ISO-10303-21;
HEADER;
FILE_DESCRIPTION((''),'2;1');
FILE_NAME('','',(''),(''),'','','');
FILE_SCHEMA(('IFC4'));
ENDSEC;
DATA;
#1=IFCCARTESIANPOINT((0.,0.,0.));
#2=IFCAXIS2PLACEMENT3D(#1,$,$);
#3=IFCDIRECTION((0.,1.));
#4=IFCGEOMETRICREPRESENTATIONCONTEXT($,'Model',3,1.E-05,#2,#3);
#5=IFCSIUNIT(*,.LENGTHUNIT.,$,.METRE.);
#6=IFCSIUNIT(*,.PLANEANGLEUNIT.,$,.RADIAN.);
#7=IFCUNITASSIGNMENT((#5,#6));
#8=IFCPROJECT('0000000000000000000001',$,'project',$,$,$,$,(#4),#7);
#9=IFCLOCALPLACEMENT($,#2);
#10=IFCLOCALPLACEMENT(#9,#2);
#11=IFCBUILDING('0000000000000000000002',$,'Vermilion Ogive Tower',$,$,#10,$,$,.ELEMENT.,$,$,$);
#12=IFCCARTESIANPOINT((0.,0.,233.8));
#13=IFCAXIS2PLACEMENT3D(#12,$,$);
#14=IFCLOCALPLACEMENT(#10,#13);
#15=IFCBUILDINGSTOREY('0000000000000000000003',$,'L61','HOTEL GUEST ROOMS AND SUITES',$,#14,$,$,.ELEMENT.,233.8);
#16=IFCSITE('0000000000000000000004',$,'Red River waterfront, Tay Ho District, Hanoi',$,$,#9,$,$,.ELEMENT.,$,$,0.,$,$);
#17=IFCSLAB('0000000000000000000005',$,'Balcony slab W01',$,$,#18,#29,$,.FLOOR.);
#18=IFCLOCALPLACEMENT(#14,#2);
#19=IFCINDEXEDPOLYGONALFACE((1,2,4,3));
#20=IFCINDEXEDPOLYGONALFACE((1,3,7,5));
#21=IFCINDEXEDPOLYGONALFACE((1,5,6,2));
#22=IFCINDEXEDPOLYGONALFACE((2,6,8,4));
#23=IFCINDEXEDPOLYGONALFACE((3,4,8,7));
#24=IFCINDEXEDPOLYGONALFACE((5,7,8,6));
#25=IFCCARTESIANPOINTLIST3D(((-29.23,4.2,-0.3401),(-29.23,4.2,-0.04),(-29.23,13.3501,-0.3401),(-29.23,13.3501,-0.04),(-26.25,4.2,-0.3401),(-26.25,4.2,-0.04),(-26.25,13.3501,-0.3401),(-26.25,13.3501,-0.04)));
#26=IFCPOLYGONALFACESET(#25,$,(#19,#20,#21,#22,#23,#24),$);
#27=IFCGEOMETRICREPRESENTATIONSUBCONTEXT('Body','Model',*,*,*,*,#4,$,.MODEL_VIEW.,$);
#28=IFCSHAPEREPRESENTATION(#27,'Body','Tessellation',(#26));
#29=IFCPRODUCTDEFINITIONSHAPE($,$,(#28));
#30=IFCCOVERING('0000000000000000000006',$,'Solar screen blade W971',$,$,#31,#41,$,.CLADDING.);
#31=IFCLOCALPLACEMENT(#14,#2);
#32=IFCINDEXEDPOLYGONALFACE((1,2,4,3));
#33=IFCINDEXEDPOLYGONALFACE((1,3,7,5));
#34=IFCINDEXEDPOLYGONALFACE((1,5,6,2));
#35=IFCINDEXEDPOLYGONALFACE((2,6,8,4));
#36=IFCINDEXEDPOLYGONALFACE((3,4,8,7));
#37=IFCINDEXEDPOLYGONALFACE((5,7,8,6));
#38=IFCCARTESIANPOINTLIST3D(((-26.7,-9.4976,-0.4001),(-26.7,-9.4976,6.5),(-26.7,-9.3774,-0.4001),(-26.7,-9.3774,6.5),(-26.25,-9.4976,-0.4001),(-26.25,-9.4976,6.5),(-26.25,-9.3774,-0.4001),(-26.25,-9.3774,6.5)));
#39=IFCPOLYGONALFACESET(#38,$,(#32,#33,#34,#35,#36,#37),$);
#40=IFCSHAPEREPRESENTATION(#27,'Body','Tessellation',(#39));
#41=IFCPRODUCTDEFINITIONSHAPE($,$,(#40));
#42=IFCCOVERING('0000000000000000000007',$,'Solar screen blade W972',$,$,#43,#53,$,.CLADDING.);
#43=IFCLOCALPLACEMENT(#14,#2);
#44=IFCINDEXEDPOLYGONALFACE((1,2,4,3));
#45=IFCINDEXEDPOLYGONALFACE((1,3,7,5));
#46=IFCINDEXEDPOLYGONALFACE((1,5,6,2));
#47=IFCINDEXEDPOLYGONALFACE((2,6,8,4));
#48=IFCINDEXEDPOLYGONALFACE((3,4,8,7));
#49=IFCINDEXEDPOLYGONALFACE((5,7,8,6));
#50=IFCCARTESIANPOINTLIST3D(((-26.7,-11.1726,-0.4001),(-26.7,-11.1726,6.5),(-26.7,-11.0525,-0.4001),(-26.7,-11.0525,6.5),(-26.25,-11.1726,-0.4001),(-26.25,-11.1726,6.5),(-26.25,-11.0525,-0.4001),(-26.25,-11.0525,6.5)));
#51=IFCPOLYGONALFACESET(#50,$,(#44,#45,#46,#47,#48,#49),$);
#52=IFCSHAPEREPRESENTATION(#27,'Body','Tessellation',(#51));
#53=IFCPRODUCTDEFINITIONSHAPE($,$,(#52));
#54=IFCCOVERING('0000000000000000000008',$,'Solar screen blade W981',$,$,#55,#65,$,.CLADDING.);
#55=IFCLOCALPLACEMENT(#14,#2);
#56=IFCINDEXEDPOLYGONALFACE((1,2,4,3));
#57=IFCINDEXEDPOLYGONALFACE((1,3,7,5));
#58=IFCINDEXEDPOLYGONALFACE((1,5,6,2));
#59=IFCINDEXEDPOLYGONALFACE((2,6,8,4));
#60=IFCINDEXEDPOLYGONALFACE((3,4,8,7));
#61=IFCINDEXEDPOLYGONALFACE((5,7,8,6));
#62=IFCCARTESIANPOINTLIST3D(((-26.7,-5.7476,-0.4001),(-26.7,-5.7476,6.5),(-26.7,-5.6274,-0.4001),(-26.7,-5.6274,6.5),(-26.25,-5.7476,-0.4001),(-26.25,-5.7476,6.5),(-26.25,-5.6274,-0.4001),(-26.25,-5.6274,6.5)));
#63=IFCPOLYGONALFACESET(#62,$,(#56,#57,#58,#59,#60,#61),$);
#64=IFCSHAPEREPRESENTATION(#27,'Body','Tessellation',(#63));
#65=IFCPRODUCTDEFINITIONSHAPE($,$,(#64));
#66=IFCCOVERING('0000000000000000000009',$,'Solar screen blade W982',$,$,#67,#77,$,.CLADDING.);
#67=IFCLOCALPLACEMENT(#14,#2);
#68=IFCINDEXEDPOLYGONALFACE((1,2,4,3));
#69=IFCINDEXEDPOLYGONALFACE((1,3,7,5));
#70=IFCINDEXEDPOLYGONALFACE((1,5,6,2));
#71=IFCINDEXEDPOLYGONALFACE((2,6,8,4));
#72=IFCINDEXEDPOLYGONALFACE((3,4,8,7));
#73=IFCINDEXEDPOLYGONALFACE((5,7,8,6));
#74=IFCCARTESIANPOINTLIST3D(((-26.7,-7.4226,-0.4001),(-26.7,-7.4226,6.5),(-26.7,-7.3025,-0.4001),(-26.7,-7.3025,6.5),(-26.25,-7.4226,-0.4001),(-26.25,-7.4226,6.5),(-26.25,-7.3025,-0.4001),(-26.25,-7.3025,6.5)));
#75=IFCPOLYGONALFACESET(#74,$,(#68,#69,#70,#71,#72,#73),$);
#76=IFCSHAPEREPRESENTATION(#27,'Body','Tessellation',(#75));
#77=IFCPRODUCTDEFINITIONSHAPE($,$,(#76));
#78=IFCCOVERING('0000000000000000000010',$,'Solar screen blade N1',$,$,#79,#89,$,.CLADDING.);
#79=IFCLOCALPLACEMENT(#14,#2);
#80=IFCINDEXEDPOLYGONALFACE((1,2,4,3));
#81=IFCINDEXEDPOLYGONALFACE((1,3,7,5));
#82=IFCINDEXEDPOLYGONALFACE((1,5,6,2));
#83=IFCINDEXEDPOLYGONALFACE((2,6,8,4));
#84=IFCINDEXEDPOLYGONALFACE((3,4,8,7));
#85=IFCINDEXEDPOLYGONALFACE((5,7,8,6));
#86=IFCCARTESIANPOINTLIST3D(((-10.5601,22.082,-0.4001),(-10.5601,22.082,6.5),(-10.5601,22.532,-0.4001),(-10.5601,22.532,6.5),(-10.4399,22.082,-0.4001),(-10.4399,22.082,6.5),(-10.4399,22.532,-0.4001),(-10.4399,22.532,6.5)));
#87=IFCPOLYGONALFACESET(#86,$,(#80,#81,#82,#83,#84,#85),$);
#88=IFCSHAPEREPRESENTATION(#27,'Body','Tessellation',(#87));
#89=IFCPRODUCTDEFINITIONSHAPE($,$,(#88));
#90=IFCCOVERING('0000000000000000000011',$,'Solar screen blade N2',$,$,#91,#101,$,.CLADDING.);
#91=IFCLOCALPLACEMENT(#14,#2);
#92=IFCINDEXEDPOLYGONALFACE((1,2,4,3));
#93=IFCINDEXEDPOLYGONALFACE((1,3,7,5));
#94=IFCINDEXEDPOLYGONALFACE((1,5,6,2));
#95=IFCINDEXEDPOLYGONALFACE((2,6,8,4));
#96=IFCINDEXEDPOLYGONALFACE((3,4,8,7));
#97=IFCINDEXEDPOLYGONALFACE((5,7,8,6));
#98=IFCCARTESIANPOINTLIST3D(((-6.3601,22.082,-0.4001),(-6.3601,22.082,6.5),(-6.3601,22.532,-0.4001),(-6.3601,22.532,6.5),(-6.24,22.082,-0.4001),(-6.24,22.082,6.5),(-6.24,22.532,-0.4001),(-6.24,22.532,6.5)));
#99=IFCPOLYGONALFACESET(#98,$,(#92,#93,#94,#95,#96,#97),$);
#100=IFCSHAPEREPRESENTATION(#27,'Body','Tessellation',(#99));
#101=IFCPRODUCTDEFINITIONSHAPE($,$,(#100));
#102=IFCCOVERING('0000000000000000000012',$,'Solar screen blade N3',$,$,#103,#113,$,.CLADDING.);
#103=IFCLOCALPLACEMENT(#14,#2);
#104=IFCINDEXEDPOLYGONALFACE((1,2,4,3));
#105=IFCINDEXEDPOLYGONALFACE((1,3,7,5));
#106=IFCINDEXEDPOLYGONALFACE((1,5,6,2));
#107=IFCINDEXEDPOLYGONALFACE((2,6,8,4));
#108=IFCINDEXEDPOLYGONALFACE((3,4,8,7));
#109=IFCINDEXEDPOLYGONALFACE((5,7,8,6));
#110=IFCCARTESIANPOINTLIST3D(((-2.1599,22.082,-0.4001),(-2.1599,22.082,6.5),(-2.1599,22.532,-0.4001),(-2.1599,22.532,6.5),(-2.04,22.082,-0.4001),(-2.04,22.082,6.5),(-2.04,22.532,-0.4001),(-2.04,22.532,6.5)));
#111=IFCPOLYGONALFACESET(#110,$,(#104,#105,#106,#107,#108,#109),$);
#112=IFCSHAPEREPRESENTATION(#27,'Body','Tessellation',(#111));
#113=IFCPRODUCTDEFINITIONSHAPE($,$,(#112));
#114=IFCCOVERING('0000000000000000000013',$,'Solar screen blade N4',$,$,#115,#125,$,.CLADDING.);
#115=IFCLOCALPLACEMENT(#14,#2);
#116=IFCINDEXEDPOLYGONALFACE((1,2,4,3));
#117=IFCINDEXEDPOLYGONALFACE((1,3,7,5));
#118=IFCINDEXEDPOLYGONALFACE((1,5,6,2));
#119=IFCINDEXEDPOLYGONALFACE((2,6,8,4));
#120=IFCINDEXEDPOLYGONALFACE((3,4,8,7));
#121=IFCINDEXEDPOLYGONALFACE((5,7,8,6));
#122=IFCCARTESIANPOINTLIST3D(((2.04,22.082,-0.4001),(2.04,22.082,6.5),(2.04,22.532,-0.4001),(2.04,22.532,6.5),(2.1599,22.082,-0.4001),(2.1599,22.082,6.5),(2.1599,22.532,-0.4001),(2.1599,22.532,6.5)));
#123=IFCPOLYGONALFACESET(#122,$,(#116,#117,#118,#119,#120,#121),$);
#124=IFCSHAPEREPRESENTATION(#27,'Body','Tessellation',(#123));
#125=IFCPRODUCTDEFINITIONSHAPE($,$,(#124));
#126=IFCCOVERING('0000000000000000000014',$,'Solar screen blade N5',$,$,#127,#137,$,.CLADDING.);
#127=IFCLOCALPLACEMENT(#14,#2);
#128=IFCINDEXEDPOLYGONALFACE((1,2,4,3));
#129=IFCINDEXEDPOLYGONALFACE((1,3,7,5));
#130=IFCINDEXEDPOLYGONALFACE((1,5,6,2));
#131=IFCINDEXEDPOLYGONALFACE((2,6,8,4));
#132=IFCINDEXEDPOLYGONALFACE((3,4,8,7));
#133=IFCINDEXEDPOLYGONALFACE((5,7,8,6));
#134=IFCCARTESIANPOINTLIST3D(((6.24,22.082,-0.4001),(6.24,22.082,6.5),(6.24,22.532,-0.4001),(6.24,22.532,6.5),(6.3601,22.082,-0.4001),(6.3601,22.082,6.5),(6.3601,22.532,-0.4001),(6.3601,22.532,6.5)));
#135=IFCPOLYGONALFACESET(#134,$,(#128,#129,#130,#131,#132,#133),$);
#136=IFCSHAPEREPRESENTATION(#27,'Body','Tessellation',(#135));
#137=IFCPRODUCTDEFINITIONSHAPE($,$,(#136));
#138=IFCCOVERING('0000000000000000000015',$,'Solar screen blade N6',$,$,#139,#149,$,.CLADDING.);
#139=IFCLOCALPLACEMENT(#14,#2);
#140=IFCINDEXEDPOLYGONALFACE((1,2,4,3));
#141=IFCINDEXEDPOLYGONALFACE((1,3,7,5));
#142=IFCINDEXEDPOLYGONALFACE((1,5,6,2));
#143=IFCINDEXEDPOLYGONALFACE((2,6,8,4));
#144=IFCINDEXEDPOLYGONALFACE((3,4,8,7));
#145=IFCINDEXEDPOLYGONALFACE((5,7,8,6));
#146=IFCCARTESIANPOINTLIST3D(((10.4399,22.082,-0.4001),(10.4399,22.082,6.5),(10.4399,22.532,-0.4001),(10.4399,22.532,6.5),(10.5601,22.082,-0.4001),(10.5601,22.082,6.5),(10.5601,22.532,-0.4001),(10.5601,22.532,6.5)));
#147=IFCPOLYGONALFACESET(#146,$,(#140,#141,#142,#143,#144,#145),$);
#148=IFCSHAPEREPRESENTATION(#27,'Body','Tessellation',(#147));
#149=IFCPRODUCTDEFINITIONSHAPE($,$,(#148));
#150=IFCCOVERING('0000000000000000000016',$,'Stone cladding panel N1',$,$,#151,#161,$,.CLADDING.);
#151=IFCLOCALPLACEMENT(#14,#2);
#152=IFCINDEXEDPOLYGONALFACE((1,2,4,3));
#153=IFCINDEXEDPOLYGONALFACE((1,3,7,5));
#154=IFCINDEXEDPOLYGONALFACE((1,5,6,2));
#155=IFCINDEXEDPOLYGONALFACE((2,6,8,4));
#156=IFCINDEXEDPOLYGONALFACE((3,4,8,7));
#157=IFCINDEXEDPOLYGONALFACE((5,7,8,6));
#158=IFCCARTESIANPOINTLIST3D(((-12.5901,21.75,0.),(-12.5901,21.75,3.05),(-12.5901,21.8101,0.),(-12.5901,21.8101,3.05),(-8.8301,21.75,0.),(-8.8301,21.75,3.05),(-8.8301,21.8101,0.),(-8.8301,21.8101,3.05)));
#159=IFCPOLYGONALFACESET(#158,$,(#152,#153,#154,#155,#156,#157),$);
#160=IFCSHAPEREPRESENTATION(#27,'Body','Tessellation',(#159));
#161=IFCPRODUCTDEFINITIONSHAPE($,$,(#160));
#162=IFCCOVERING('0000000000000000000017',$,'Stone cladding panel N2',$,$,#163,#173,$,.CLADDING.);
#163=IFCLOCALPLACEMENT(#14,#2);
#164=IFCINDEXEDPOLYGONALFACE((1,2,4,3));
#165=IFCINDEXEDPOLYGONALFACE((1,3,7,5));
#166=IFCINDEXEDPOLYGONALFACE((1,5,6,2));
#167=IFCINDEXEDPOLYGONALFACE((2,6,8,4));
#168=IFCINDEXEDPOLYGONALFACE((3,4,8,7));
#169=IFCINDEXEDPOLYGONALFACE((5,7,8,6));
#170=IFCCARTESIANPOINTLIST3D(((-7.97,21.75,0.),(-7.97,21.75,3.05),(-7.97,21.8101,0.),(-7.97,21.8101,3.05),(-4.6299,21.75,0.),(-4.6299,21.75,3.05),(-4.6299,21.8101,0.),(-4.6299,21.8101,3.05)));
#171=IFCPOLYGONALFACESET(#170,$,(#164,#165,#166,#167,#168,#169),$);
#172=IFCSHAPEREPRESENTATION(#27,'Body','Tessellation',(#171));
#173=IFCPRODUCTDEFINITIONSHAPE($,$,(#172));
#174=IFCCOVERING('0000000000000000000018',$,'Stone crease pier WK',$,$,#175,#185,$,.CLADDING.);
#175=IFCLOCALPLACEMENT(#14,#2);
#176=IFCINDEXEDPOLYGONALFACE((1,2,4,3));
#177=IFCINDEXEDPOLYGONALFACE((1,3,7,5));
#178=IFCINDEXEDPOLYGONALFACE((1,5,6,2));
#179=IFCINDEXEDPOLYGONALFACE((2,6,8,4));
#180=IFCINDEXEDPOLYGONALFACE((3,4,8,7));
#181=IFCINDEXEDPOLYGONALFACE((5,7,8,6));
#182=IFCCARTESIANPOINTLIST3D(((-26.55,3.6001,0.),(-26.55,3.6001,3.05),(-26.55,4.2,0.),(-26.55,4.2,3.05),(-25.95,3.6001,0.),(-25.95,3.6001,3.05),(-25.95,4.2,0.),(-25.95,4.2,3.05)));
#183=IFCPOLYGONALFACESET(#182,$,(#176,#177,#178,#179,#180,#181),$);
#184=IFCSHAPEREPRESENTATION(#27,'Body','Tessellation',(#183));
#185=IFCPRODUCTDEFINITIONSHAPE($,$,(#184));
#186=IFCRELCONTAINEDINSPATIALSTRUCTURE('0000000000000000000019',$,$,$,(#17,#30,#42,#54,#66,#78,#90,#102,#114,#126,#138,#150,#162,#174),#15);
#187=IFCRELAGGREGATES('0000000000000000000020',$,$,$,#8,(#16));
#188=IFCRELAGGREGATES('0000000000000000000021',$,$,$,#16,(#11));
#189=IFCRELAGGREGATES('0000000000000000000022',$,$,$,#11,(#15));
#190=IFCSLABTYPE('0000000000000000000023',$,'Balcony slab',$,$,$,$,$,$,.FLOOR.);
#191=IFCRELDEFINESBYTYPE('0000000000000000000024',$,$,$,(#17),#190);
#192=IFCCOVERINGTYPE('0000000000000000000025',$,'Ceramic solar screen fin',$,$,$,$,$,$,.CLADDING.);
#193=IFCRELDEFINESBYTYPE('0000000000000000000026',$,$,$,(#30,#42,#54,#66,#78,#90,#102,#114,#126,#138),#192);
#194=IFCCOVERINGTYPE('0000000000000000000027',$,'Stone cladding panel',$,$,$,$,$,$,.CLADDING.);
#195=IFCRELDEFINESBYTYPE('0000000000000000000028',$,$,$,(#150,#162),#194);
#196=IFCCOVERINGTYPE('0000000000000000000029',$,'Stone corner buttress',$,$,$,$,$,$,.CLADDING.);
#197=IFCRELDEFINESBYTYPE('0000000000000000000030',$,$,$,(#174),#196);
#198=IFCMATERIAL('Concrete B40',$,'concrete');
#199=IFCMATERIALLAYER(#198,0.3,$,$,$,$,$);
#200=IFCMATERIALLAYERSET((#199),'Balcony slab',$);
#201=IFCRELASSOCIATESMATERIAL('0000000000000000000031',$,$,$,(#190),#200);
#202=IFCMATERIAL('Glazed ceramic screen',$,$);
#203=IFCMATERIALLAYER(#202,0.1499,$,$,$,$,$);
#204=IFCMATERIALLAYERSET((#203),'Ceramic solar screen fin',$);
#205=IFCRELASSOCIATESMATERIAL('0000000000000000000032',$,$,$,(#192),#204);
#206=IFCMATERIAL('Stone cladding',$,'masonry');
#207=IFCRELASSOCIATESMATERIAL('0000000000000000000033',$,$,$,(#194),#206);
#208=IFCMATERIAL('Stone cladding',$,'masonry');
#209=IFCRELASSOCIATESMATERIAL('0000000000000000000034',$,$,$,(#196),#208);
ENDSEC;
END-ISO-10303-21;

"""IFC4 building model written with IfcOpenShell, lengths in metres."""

from ifc_helpers import new_model, si_unit, direction, frame, origin, place, context, subcontext, project, spatial, polyline, outline, extrude, material, layer, layer_set, type_object, element, save


model = new_model("IFC4")

# Units and contexts
model_context = context("Model", 3, precision=1e-05, world=origin(), true_north=direction((0.0, 1.0)))
body_context = subcontext(model_context, "Body", "Model", "MODEL_VIEW")
ifc_project = project(units=[si_unit("LENGTHUNIT", "METRE"), si_unit("PLANEANGLEUNIT", "RADIAN")], contexts=[model_context])

# Site, building, storey
site_placement = place(None, origin())
site = spatial("IfcSite", under=ifc_project, at=site_placement, Name="Red River waterfront, Tay Ho District, Hanoi", CompositionType="ELEMENT", RefElevation=0.0)
building_placement = place(site_placement, origin())
building = spatial("IfcBuilding", under=site, at=building_placement, Name="Vermilion Ogive Tower", CompositionType="ELEMENT")
storey_placement = place(building_placement, frame((0.0, 0.0, 233.8)))
storey = spatial("IfcBuildingStorey", under=building, at=storey_placement, Name="L61", Description="HOTEL GUEST ROOMS AND SUITES", CompositionType="ELEMENT", Elevation=233.8)

# Slab
ifc_material_1 = material(Name="Concrete B40", Category="concrete")
ifc_layer_1 = layer(ifc_material_1, 0.3)
ifc_layer_set_1 = layer_set([ifc_layer_1], Name="Balcony slab")
slab_type = type_object("IfcSlabType", Name="Balcony slab", PredefinedType="FLOOR", material=ifc_layer_set_1)
slab_placement = place(storey_placement, frame((0.0, 0.0, -0.3401)))
element("IfcSlab", 1, at=slab_placement, inside=storey, type_object=slab_type, Name="Balcony slab W01", PredefinedType="FLOOR", context=body_context, shape_type="SweptSolid", body=[
    extrude(outline(polyline([(-29.23, 13.3501), (-29.23, 4.2), (-26.25, 4.2), (-26.25, 13.3501), (-29.23, 13.3501)])), origin(), (0.0, 0.0, 1.0), 0.3),
])

# Coverings
ifc_material_2 = material(Name="Glazed ceramic screen")
ifc_layer_2 = layer(ifc_material_2, 0.1499)
ifc_layer_set_2 = layer_set([ifc_layer_2], Name="Ceramic solar screen fin")
covering_type_1 = type_object("IfcCoveringType", Name="Ceramic solar screen fin", PredefinedType="CLADDING", material=ifc_layer_set_2)
covering_1_placement = place(storey_placement, frame((0.0, 0.0, -0.4001)))
element("IfcCovering", 2, at=covering_1_placement, inside=storey, type_object=covering_type_1, Name="Solar screen blade W971", PredefinedType="CLADDING", context=body_context, shape_type="SweptSolid", body=[
    extrude(outline(polyline([(-26.7, -9.3774), (-26.7, -9.4976), (-26.25, -9.4976), (-26.25, -9.3774), (-26.7, -9.3774)])), origin(), (0.0, 0.0, 1.0), 6.9001),
])
covering_2_placement = place(storey_placement, frame((0.0, 0.0, -0.4001)))
element("IfcCovering", 3, at=covering_2_placement, inside=storey, type_object=covering_type_1, Name="Solar screen blade W972", PredefinedType="CLADDING", context=body_context, shape_type="SweptSolid", body=[
    extrude(outline(polyline([(-26.7, -11.0525), (-26.7, -11.1726), (-26.25, -11.1726), (-26.25, -11.0525), (-26.7, -11.0525)])), origin(), (0.0, 0.0, 1.0), 6.9001),
])
covering_3_placement = place(storey_placement, frame((0.0, 0.0, -0.4001)))
element("IfcCovering", 4, at=covering_3_placement, inside=storey, type_object=covering_type_1, Name="Solar screen blade W981", PredefinedType="CLADDING", context=body_context, shape_type="SweptSolid", body=[
    extrude(outline(polyline([(-26.7, -5.6274), (-26.7, -5.7476), (-26.25, -5.7476), (-26.25, -5.6274), (-26.7, -5.6274)])), origin(), (0.0, 0.0, 1.0), 6.9001),
])
covering_4_placement = place(storey_placement, frame((0.0, 0.0, -0.4001)))
element("IfcCovering", 5, at=covering_4_placement, inside=storey, type_object=covering_type_1, Name="Solar screen blade W982", PredefinedType="CLADDING", context=body_context, shape_type="SweptSolid", body=[
    extrude(outline(polyline([(-26.7, -7.3025), (-26.7, -7.4226), (-26.25, -7.4226), (-26.25, -7.3025), (-26.7, -7.3025)])), origin(), (0.0, 0.0, 1.0), 6.9001),
])
covering_5_placement = place(storey_placement, frame((0.0, 0.0, -0.4001)))
element("IfcCovering", 6, at=covering_5_placement, inside=storey, type_object=covering_type_1, Name="Solar screen blade N1", PredefinedType="CLADDING", context=body_context, shape_type="SweptSolid", body=[
    extrude(outline(polyline([(-10.5601, 22.082), (-10.4399, 22.082), (-10.4399, 22.532), (-10.5601, 22.532), (-10.5601, 22.082)])), origin(), (0.0, 0.0, 1.0), 6.9001),
])
covering_6_placement = place(storey_placement, frame((0.0, 0.0, -0.4001)))
element("IfcCovering", 7, at=covering_6_placement, inside=storey, type_object=covering_type_1, Name="Solar screen blade N2", PredefinedType="CLADDING", context=body_context, shape_type="SweptSolid", body=[
    extrude(outline(polyline([(-6.3601, 22.082), (-6.24, 22.082), (-6.24, 22.532), (-6.3601, 22.532), (-6.3601, 22.082)])), origin(), (0.0, 0.0, 1.0), 6.9001),
])
covering_7_placement = place(storey_placement, frame((0.0, 0.0, -0.4001)))
element("IfcCovering", 8, at=covering_7_placement, inside=storey, type_object=covering_type_1, Name="Solar screen blade N3", PredefinedType="CLADDING", context=body_context, shape_type="SweptSolid", body=[
    extrude(outline(polyline([(-2.1599, 22.082), (-2.04, 22.082), (-2.04, 22.532), (-2.1599, 22.532), (-2.1599, 22.082)])), origin(), (0.0, 0.0, 1.0), 6.9001),
])
covering_8_placement = place(storey_placement, frame((0.0, 0.0, -0.4001)))
element("IfcCovering", 9, at=covering_8_placement, inside=storey, type_object=covering_type_1, Name="Solar screen blade N4", PredefinedType="CLADDING", context=body_context, shape_type="SweptSolid", body=[
    extrude(outline(polyline([(2.04, 22.082), (2.1599, 22.082), (2.1599, 22.532), (2.04, 22.532), (2.04, 22.082)])), origin(), (0.0, 0.0, 1.0), 6.9001),
])
covering_9_placement = place(storey_placement, frame((0.0, 0.0, -0.4001)))
element("IfcCovering", 10, at=covering_9_placement, inside=storey, type_object=covering_type_1, Name="Solar screen blade N5", PredefinedType="CLADDING", context=body_context, shape_type="SweptSolid", body=[
    extrude(outline(polyline([(6.24, 22.082), (6.3601, 22.082), (6.3601, 22.532), (6.24, 22.532), (6.24, 22.082)])), origin(), (0.0, 0.0, 1.0), 6.9001),
])
covering_10_placement = place(storey_placement, frame((0.0, 0.0, -0.4001)))
element("IfcCovering", 11, at=covering_10_placement, inside=storey, type_object=covering_type_1, Name="Solar screen blade N6", PredefinedType="CLADDING", context=body_context, shape_type="SweptSolid", body=[
    extrude(outline(polyline([(10.4399, 22.082), (10.5601, 22.082), (10.5601, 22.532), (10.4399, 22.532), (10.4399, 22.082)])), origin(), (0.0, 0.0, 1.0), 6.9001),
])
ifc_material_3 = material(Name="Stone cladding", Category="masonry")
covering_type_2 = type_object("IfcCoveringType", Name="Stone cladding panel", PredefinedType="CLADDING", material=ifc_material_3)
covering_11_placement = place(storey_placement, origin())
element("IfcCovering", 12, at=covering_11_placement, inside=storey, type_object=covering_type_2, Name="Stone cladding panel N1", PredefinedType="CLADDING", context=body_context, shape_type="SweptSolid", body=[
    extrude(outline(polyline([(-12.5901, 21.75), (-8.8301, 21.75), (-8.8301, 21.8101), (-12.5901, 21.8101), (-12.5901, 21.75)])), origin(), (0.0, 0.0, 1.0), 3.05),
])
covering_12_placement = place(storey_placement, origin())
element("IfcCovering", 13, at=covering_12_placement, inside=storey, type_object=covering_type_2, Name="Stone cladding panel N2", PredefinedType="CLADDING", context=body_context, shape_type="SweptSolid", body=[
    extrude(outline(polyline([(-7.97, 21.75), (-4.6299, 21.75), (-4.6299, 21.8101), (-7.97, 21.8101), (-7.97, 21.75)])), origin(), (0.0, 0.0, 1.0), 3.05),
])
ifc_material_4 = material(Name="Stone cladding", Category="masonry")
covering_type_3 = type_object("IfcCoveringType", Name="Stone corner buttress", PredefinedType="CLADDING", material=ifc_material_4)
covering_13_placement = place(storey_placement, origin())
element("IfcCovering", 14, at=covering_13_placement, inside=storey, type_object=covering_type_3, Name="Stone crease pier WK", PredefinedType="CLADDING", context=body_context, shape_type="SweptSolid", body=[
    extrude(outline(polyline([(-26.55, 4.2), (-26.55, 3.6001), (-25.95, 3.6001), (-25.95, 4.2), (-26.55, 4.2)])), origin(), (0.0, 0.0, 1.0), 3.05),
])

save(model, "model.ifc")
